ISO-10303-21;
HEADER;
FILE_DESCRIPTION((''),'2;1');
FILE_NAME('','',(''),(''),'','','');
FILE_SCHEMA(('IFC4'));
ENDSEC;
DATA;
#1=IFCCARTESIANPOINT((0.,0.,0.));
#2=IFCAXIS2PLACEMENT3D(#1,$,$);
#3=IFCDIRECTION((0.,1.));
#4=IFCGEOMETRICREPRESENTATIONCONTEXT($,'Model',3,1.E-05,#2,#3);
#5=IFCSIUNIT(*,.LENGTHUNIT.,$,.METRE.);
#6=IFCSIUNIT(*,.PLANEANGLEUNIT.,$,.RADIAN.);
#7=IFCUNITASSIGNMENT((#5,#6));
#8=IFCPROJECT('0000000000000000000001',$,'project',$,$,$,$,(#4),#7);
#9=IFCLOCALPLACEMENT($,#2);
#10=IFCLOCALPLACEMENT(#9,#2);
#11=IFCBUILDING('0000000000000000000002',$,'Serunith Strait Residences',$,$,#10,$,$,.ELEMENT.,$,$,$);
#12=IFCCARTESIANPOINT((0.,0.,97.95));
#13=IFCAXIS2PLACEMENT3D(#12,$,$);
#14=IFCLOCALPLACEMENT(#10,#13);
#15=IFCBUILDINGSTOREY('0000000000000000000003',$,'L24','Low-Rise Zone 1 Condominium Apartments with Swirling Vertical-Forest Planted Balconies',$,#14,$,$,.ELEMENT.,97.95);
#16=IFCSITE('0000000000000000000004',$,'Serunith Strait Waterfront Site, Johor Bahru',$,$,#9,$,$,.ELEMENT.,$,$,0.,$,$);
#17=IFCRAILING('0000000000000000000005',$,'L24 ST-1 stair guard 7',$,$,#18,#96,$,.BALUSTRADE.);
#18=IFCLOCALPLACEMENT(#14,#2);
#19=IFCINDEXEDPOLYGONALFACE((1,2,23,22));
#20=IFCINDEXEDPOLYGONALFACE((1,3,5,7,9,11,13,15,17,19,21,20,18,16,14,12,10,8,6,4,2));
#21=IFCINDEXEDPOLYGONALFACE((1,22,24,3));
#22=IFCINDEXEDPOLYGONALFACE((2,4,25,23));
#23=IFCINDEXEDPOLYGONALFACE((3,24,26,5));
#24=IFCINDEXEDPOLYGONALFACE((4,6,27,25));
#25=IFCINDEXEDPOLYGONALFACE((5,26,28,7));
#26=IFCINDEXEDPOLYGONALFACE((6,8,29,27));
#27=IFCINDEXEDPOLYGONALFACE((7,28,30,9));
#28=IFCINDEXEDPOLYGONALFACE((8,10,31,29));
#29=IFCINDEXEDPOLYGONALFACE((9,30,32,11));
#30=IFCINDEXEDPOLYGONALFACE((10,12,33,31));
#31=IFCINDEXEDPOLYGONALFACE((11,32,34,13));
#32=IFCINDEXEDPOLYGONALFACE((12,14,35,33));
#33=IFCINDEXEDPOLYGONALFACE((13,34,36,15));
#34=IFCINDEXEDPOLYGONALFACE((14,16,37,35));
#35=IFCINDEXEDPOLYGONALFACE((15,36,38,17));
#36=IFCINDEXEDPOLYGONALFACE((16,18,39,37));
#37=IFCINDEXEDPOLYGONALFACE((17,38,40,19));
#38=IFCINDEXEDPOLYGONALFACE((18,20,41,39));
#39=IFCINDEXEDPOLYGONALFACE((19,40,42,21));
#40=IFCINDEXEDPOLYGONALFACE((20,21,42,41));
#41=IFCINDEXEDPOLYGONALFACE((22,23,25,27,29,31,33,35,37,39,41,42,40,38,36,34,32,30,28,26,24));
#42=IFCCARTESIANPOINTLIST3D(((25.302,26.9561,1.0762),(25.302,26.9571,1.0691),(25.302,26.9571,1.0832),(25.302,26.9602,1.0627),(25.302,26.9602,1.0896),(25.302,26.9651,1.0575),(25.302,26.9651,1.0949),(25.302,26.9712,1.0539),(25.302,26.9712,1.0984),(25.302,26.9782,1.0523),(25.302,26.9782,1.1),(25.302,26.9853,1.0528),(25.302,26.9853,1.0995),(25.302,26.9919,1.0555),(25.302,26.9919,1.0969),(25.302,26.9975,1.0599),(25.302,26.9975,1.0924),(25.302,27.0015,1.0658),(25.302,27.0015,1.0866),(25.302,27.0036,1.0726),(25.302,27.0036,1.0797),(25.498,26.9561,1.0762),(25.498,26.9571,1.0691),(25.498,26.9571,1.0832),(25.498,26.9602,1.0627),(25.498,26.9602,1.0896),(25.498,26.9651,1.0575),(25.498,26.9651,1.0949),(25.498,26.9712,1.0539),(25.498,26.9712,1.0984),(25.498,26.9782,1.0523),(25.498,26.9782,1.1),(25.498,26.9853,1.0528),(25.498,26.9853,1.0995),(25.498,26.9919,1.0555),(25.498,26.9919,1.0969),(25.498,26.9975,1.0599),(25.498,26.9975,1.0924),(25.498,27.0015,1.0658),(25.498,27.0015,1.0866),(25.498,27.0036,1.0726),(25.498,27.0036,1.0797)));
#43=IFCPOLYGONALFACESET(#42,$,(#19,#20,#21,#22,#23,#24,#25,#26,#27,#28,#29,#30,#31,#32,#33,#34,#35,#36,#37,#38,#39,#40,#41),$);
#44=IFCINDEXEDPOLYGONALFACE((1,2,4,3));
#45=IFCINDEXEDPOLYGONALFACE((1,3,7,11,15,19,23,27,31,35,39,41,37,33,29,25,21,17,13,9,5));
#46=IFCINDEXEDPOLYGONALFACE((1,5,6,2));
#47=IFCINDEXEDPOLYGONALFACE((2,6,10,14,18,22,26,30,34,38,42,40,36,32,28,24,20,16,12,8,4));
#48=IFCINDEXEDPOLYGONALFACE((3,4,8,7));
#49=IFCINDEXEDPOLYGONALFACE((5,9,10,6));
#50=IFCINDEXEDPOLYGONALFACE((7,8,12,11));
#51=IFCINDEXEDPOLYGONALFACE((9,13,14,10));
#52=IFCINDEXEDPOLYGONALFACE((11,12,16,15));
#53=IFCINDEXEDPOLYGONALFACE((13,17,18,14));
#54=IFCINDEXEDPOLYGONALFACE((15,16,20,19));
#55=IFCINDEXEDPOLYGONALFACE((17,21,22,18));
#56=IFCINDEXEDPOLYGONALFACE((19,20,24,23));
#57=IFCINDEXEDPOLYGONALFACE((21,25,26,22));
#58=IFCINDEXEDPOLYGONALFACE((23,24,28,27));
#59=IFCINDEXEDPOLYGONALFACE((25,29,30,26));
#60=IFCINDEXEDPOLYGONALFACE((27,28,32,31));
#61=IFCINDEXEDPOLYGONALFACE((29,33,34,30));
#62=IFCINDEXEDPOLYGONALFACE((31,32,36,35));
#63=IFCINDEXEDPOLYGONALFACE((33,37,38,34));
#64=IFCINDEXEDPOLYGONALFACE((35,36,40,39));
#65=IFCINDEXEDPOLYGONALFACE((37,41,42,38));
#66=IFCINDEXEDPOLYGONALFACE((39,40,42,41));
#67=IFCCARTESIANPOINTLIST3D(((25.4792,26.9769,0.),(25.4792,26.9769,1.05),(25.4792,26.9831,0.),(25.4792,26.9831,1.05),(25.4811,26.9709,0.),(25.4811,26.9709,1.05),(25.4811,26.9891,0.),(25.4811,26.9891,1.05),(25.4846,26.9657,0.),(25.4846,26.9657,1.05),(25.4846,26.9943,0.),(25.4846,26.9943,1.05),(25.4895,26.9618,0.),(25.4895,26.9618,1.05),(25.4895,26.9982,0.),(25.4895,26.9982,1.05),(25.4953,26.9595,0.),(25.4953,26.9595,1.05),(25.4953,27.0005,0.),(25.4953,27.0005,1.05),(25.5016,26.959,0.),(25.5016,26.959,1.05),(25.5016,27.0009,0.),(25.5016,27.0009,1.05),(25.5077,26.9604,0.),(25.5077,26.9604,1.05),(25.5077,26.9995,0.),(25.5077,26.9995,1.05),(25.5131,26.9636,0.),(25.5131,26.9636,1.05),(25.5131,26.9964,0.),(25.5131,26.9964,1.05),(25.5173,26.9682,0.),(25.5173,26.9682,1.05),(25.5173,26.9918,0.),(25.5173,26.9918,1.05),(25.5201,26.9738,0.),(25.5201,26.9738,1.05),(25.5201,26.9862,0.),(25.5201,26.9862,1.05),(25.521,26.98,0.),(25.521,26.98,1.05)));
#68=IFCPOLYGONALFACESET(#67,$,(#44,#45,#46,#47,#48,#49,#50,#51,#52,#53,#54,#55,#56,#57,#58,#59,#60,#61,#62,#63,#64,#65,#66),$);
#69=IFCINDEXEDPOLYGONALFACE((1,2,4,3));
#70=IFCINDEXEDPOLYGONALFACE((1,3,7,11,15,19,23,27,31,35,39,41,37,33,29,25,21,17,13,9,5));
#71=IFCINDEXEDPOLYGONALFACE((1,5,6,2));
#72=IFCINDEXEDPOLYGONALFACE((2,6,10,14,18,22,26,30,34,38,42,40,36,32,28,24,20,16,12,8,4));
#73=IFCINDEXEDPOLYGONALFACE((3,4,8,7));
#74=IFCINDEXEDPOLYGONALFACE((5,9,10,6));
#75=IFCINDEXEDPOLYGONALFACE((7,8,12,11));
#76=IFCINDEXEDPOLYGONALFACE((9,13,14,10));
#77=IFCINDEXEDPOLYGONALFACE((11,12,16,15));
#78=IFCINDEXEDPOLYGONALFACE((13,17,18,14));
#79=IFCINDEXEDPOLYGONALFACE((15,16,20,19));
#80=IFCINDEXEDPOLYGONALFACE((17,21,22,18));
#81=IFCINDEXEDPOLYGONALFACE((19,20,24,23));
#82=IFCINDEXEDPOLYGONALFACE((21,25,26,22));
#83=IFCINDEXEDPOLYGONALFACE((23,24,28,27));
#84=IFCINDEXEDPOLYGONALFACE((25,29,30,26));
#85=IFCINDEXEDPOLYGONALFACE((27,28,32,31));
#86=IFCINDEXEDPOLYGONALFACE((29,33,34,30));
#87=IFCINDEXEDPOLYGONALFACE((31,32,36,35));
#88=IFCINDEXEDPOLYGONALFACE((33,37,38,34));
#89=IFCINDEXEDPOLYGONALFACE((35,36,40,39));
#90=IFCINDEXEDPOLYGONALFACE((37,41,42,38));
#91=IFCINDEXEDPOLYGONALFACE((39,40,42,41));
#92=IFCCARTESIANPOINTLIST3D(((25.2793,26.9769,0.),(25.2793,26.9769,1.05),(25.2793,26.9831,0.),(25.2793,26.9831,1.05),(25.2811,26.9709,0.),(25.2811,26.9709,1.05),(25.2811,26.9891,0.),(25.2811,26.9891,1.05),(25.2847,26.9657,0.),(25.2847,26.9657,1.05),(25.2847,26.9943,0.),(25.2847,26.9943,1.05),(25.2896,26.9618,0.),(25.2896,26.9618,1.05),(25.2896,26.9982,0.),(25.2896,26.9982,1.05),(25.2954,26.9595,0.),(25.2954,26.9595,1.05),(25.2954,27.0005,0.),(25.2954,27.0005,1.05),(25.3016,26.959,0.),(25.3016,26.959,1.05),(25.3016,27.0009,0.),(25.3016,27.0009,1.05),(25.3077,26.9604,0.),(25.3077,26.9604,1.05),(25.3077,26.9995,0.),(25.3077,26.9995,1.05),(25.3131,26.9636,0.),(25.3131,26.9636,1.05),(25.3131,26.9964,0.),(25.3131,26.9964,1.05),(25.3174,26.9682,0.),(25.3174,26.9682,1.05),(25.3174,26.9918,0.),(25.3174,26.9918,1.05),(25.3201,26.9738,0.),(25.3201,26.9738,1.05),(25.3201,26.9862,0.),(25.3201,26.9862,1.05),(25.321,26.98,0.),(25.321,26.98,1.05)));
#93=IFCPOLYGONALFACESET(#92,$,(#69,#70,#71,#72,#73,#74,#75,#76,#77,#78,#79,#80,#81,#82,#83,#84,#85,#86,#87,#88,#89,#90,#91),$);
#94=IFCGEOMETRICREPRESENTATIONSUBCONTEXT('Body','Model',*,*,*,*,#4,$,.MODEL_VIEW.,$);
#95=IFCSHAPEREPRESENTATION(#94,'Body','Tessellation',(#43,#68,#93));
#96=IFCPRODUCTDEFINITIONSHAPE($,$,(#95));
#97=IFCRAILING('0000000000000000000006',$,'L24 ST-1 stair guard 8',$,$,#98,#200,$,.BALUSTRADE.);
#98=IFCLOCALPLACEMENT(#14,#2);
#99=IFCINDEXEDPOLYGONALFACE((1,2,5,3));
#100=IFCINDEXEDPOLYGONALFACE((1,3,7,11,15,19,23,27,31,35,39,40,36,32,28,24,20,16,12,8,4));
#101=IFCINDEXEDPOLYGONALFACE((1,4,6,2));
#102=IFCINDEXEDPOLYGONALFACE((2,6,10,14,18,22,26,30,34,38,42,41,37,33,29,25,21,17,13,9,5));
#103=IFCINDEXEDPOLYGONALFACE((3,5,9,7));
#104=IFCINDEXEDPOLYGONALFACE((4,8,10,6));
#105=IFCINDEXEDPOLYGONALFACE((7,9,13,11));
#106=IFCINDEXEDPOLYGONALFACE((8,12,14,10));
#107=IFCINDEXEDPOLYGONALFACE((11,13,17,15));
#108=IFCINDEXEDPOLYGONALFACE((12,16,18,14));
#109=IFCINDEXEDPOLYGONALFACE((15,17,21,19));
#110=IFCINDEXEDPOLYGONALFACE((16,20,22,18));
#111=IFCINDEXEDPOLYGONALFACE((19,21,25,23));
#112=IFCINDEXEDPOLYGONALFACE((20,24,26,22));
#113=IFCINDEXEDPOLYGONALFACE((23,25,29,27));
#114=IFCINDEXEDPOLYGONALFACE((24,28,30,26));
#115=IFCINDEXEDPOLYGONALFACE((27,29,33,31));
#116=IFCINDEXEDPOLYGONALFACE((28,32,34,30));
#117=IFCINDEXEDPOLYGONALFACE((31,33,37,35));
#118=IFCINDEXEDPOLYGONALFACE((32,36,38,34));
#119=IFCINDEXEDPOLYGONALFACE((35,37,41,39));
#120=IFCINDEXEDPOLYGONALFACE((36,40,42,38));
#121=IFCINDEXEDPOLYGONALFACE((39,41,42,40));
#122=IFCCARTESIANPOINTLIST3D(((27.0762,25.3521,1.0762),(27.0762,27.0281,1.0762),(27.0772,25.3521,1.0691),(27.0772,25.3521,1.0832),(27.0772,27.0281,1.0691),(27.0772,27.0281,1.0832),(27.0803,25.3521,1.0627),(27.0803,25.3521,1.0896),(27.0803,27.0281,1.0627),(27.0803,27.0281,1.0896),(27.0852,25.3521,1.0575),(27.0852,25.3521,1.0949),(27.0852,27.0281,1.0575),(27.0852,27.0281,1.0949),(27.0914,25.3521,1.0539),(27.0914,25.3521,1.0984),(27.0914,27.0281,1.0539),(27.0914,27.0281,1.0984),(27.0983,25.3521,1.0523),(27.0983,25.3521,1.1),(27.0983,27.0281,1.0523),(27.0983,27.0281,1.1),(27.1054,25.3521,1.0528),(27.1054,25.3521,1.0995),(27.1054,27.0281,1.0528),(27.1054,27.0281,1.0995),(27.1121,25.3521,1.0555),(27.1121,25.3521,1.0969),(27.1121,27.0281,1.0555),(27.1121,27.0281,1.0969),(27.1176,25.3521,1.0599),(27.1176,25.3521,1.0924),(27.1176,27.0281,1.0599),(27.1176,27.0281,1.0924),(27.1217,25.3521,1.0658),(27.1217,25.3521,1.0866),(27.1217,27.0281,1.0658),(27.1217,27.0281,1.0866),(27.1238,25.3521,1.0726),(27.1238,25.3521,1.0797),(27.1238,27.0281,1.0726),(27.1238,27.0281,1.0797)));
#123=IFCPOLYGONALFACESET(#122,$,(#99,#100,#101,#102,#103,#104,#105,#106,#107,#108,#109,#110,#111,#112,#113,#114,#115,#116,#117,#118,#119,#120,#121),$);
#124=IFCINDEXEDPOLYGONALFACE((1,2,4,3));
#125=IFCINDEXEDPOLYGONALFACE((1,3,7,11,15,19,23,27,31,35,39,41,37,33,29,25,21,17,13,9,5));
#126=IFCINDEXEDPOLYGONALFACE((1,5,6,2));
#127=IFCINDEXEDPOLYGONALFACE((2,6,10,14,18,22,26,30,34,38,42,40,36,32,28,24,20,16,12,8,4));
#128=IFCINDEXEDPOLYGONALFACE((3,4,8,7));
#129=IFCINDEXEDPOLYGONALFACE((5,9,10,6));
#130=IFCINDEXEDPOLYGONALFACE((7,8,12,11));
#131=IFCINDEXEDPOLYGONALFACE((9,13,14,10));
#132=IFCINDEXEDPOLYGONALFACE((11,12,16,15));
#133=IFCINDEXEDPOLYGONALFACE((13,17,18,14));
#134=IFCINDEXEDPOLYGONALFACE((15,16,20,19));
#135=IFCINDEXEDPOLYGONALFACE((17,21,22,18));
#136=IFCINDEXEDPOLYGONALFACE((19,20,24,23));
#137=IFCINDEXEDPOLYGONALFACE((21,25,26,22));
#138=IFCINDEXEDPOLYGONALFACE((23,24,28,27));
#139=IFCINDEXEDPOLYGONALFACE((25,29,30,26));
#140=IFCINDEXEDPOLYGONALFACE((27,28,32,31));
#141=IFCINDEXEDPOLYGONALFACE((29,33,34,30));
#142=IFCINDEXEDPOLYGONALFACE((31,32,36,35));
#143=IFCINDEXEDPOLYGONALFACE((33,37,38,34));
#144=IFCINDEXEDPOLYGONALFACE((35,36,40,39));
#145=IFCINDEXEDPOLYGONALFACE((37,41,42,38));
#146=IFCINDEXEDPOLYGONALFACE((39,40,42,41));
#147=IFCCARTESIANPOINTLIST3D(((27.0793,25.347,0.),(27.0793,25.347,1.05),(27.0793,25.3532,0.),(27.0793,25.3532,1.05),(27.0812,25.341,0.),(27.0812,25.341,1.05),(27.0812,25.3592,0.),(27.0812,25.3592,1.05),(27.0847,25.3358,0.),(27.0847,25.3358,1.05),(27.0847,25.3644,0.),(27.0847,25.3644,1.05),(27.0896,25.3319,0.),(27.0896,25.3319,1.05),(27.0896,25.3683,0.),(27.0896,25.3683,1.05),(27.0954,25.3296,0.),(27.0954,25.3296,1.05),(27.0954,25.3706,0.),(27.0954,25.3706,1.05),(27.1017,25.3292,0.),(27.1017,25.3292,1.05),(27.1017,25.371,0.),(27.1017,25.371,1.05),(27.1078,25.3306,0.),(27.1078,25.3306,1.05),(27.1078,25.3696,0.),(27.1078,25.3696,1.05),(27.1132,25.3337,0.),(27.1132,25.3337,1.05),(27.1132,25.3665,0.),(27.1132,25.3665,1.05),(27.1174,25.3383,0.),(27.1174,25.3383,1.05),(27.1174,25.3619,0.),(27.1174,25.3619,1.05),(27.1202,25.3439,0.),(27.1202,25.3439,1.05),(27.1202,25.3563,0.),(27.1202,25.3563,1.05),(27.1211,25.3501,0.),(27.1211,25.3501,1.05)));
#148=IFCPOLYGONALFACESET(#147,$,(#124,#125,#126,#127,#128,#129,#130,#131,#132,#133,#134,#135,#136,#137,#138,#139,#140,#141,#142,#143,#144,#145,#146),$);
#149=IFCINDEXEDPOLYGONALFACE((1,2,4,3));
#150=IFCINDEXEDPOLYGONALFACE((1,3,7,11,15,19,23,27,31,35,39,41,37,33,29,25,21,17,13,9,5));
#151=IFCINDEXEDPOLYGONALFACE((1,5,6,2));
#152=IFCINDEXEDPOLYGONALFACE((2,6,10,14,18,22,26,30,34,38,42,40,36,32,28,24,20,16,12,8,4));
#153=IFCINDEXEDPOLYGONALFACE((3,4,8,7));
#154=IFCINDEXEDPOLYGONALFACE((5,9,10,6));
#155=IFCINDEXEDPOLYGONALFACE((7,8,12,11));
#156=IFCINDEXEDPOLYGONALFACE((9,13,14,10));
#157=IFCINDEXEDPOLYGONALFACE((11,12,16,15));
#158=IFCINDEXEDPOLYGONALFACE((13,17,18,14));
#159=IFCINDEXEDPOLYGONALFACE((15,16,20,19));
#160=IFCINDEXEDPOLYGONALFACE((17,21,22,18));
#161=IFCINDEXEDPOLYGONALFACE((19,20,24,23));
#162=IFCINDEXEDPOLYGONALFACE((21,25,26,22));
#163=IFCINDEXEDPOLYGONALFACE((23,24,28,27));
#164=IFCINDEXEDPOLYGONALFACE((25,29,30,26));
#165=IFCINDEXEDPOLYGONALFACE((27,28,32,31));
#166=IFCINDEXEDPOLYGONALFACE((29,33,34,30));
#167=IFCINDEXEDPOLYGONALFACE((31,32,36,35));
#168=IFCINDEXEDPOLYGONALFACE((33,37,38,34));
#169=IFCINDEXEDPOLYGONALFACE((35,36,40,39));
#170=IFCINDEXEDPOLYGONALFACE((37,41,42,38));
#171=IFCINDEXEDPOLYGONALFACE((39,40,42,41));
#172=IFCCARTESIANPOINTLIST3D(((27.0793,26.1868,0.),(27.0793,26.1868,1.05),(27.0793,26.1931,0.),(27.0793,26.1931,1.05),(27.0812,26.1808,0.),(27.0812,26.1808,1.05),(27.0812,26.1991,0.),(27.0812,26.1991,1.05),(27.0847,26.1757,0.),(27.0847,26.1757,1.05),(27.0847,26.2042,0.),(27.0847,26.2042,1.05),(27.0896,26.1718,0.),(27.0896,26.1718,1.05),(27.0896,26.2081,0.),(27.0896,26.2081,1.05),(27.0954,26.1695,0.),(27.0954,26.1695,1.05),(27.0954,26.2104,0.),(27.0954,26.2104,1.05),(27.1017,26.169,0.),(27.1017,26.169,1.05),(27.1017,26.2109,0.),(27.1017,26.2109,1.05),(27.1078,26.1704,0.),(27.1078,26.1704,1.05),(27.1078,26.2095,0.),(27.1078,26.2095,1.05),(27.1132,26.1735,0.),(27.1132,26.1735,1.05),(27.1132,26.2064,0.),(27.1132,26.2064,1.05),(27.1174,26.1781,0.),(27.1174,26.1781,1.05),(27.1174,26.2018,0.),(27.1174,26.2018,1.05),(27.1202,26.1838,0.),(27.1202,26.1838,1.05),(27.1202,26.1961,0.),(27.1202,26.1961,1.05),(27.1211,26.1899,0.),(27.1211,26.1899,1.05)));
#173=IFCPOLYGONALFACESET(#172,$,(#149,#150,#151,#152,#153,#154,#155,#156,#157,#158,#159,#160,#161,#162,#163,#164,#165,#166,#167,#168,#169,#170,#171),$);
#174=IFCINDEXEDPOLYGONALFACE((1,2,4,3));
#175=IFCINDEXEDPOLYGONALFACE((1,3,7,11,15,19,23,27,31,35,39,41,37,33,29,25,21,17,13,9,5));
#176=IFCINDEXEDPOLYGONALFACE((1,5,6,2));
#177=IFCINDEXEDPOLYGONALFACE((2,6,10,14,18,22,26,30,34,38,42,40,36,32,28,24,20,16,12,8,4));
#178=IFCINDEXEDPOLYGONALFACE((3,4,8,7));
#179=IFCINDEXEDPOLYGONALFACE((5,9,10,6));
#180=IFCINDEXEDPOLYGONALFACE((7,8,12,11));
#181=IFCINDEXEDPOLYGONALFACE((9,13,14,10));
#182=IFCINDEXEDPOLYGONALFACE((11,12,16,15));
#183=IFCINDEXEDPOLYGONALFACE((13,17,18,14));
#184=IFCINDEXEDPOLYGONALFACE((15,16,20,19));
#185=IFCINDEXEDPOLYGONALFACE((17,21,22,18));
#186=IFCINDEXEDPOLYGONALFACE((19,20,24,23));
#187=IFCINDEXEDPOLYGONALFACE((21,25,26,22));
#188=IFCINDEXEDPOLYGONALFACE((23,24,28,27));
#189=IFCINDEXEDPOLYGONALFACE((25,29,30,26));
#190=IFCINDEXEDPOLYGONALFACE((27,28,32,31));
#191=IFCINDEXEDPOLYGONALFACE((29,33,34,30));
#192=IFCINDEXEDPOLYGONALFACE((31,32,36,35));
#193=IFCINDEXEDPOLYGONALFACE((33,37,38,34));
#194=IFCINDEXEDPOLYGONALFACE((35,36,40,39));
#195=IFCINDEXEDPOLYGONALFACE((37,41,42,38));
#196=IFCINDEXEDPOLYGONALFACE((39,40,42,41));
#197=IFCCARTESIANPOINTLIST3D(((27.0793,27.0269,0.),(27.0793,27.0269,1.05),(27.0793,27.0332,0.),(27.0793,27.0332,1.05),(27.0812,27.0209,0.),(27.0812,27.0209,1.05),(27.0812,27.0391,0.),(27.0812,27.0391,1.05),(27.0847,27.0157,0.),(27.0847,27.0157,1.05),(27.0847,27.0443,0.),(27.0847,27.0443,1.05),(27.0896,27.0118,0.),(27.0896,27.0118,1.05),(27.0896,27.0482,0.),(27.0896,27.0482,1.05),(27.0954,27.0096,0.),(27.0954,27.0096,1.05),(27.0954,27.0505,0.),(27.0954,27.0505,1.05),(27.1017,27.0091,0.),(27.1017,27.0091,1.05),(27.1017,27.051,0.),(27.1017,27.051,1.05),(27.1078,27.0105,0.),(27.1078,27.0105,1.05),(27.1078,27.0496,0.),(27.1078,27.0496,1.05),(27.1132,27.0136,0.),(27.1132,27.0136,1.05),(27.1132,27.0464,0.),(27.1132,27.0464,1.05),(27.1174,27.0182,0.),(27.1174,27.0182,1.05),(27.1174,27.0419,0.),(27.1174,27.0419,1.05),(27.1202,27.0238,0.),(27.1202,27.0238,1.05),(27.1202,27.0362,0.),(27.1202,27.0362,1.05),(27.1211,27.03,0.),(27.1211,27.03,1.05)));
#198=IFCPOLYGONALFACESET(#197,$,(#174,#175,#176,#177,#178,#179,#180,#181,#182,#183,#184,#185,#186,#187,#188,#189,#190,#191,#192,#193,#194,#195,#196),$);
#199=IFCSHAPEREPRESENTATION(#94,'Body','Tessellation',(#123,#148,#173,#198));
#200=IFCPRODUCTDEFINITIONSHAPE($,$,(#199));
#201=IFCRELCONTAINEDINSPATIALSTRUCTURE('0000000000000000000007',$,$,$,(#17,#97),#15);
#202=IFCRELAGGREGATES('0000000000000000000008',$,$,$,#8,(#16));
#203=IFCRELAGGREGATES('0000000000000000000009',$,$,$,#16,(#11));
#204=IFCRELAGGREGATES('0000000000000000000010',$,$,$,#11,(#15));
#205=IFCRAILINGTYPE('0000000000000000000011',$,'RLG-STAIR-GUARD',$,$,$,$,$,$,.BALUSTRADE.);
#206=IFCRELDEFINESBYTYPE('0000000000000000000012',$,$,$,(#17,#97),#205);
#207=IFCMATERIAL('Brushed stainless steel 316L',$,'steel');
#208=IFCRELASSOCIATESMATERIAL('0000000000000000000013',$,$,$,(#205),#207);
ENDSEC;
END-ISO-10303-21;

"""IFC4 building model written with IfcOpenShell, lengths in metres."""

from ifc_helpers import new_model, si_unit, direction, frame, origin, origin_2d, place, context, subcontext, project, spatial, circle, extrude, material, type_object, element, save


model = new_model("IFC4")

# Units and contexts
model_context = context("Model", 3, precision=1e-05, world=origin(), true_north=direction((0.0, 1.0)))
body_context = subcontext(model_context, "Body", "Model", "MODEL_VIEW")
ifc_project = project(units=[si_unit("LENGTHUNIT", "METRE"), si_unit("PLANEANGLEUNIT", "RADIAN")], contexts=[model_context])

# Site, building, storey
site_placement = place(None, origin())
site = spatial("IfcSite", under=ifc_project, at=site_placement, Name="Serunith Strait Waterfront Site, Johor Bahru", CompositionType="ELEMENT", RefElevation=0.0)
building_placement = place(site_placement, origin())
building = spatial("IfcBuilding", under=site, at=building_placement, Name="Serunith Strait Residences", CompositionType="ELEMENT")
storey_placement = place(building_placement, frame((0.0, 0.0, 97.95)))
storey = spatial("IfcBuildingStorey", under=building, at=storey_placement, Name="L24", Description="Low-Rise Zone 1 Condominium Apartments with Swirling Vertical-Forest Planted Balconies", CompositionType="ELEMENT", Elevation=97.95)

# Railings
ifc_material_1 = material(Name="Brushed stainless steel 316L", Category="steel")
railing_type_1 = type_object("IfcRailingType", Name="RLG-STAIR-GUARD", PredefinedType="BALUSTRADE", material=ifc_material_1)
railing_1_placement = place(storey_placement, frame((25.5, 26.98, 0.0)))
element("IfcRailing", 1, at=railing_1_placement, inside=storey, type_object=railing_type_1, Name="L24 ST-1 stair guard 7", PredefinedType="BALUSTRADE", context=body_context, shape_type="SweptSolid", body=[
    extrude(circle(Radius=0.0239, at=origin_2d()), frame((-0.002, 0.0, 1.0762), z_axis=(-1.0, 0.0, 0.0), x_axis=(0.0, -1.0, 0.0)), (0.0, 0.0, 1.0), 0.196),
    extrude(circle(Radius=0.021, at=origin_2d()), origin(), (0.0, 0.0, 1.0), 1.05),
    extrude(circle(Radius=0.021, at=origin_2d()), frame((-0.2, 0.0, 0.0)), (0.0, 0.0, 1.0), 1.05),
])
for number, where, name in (
    (2, (27.1001, 25.3501, 0.0), "L24 ST-1 stair guard 8"),
):
    element("IfcRailing", number, at=place(storey_placement, frame(where)), inside=storey, type_object=railing_type_1, Name=name, PredefinedType="BALUSTRADE", context=body_context, shape_type="SweptSolid", body=[
        extrude(circle(Radius=0.0239, at=origin_2d()), frame((0.0, 0.002, 1.0762), z_axis=(0.0, 1.0, 0.0), x_axis=(-1.0, 0.0, 0.0)), (0.0, 0.0, 1.0), 1.676),
        extrude(circle(Radius=0.021, at=origin_2d()), origin(), (0.0, 0.0, 1.0), 1.05),
        extrude(circle(Radius=0.021, at=origin_2d()), frame((0.0, 0.8398, 0.0)), (0.0, 0.0, 1.0), 1.05),
        extrude(circle(Radius=0.021, at=origin_2d()), frame((0.0, 1.6799, 0.0)), (0.0, 0.0, 1.0), 1.05),
    ])

save(model, "model.ifc")
